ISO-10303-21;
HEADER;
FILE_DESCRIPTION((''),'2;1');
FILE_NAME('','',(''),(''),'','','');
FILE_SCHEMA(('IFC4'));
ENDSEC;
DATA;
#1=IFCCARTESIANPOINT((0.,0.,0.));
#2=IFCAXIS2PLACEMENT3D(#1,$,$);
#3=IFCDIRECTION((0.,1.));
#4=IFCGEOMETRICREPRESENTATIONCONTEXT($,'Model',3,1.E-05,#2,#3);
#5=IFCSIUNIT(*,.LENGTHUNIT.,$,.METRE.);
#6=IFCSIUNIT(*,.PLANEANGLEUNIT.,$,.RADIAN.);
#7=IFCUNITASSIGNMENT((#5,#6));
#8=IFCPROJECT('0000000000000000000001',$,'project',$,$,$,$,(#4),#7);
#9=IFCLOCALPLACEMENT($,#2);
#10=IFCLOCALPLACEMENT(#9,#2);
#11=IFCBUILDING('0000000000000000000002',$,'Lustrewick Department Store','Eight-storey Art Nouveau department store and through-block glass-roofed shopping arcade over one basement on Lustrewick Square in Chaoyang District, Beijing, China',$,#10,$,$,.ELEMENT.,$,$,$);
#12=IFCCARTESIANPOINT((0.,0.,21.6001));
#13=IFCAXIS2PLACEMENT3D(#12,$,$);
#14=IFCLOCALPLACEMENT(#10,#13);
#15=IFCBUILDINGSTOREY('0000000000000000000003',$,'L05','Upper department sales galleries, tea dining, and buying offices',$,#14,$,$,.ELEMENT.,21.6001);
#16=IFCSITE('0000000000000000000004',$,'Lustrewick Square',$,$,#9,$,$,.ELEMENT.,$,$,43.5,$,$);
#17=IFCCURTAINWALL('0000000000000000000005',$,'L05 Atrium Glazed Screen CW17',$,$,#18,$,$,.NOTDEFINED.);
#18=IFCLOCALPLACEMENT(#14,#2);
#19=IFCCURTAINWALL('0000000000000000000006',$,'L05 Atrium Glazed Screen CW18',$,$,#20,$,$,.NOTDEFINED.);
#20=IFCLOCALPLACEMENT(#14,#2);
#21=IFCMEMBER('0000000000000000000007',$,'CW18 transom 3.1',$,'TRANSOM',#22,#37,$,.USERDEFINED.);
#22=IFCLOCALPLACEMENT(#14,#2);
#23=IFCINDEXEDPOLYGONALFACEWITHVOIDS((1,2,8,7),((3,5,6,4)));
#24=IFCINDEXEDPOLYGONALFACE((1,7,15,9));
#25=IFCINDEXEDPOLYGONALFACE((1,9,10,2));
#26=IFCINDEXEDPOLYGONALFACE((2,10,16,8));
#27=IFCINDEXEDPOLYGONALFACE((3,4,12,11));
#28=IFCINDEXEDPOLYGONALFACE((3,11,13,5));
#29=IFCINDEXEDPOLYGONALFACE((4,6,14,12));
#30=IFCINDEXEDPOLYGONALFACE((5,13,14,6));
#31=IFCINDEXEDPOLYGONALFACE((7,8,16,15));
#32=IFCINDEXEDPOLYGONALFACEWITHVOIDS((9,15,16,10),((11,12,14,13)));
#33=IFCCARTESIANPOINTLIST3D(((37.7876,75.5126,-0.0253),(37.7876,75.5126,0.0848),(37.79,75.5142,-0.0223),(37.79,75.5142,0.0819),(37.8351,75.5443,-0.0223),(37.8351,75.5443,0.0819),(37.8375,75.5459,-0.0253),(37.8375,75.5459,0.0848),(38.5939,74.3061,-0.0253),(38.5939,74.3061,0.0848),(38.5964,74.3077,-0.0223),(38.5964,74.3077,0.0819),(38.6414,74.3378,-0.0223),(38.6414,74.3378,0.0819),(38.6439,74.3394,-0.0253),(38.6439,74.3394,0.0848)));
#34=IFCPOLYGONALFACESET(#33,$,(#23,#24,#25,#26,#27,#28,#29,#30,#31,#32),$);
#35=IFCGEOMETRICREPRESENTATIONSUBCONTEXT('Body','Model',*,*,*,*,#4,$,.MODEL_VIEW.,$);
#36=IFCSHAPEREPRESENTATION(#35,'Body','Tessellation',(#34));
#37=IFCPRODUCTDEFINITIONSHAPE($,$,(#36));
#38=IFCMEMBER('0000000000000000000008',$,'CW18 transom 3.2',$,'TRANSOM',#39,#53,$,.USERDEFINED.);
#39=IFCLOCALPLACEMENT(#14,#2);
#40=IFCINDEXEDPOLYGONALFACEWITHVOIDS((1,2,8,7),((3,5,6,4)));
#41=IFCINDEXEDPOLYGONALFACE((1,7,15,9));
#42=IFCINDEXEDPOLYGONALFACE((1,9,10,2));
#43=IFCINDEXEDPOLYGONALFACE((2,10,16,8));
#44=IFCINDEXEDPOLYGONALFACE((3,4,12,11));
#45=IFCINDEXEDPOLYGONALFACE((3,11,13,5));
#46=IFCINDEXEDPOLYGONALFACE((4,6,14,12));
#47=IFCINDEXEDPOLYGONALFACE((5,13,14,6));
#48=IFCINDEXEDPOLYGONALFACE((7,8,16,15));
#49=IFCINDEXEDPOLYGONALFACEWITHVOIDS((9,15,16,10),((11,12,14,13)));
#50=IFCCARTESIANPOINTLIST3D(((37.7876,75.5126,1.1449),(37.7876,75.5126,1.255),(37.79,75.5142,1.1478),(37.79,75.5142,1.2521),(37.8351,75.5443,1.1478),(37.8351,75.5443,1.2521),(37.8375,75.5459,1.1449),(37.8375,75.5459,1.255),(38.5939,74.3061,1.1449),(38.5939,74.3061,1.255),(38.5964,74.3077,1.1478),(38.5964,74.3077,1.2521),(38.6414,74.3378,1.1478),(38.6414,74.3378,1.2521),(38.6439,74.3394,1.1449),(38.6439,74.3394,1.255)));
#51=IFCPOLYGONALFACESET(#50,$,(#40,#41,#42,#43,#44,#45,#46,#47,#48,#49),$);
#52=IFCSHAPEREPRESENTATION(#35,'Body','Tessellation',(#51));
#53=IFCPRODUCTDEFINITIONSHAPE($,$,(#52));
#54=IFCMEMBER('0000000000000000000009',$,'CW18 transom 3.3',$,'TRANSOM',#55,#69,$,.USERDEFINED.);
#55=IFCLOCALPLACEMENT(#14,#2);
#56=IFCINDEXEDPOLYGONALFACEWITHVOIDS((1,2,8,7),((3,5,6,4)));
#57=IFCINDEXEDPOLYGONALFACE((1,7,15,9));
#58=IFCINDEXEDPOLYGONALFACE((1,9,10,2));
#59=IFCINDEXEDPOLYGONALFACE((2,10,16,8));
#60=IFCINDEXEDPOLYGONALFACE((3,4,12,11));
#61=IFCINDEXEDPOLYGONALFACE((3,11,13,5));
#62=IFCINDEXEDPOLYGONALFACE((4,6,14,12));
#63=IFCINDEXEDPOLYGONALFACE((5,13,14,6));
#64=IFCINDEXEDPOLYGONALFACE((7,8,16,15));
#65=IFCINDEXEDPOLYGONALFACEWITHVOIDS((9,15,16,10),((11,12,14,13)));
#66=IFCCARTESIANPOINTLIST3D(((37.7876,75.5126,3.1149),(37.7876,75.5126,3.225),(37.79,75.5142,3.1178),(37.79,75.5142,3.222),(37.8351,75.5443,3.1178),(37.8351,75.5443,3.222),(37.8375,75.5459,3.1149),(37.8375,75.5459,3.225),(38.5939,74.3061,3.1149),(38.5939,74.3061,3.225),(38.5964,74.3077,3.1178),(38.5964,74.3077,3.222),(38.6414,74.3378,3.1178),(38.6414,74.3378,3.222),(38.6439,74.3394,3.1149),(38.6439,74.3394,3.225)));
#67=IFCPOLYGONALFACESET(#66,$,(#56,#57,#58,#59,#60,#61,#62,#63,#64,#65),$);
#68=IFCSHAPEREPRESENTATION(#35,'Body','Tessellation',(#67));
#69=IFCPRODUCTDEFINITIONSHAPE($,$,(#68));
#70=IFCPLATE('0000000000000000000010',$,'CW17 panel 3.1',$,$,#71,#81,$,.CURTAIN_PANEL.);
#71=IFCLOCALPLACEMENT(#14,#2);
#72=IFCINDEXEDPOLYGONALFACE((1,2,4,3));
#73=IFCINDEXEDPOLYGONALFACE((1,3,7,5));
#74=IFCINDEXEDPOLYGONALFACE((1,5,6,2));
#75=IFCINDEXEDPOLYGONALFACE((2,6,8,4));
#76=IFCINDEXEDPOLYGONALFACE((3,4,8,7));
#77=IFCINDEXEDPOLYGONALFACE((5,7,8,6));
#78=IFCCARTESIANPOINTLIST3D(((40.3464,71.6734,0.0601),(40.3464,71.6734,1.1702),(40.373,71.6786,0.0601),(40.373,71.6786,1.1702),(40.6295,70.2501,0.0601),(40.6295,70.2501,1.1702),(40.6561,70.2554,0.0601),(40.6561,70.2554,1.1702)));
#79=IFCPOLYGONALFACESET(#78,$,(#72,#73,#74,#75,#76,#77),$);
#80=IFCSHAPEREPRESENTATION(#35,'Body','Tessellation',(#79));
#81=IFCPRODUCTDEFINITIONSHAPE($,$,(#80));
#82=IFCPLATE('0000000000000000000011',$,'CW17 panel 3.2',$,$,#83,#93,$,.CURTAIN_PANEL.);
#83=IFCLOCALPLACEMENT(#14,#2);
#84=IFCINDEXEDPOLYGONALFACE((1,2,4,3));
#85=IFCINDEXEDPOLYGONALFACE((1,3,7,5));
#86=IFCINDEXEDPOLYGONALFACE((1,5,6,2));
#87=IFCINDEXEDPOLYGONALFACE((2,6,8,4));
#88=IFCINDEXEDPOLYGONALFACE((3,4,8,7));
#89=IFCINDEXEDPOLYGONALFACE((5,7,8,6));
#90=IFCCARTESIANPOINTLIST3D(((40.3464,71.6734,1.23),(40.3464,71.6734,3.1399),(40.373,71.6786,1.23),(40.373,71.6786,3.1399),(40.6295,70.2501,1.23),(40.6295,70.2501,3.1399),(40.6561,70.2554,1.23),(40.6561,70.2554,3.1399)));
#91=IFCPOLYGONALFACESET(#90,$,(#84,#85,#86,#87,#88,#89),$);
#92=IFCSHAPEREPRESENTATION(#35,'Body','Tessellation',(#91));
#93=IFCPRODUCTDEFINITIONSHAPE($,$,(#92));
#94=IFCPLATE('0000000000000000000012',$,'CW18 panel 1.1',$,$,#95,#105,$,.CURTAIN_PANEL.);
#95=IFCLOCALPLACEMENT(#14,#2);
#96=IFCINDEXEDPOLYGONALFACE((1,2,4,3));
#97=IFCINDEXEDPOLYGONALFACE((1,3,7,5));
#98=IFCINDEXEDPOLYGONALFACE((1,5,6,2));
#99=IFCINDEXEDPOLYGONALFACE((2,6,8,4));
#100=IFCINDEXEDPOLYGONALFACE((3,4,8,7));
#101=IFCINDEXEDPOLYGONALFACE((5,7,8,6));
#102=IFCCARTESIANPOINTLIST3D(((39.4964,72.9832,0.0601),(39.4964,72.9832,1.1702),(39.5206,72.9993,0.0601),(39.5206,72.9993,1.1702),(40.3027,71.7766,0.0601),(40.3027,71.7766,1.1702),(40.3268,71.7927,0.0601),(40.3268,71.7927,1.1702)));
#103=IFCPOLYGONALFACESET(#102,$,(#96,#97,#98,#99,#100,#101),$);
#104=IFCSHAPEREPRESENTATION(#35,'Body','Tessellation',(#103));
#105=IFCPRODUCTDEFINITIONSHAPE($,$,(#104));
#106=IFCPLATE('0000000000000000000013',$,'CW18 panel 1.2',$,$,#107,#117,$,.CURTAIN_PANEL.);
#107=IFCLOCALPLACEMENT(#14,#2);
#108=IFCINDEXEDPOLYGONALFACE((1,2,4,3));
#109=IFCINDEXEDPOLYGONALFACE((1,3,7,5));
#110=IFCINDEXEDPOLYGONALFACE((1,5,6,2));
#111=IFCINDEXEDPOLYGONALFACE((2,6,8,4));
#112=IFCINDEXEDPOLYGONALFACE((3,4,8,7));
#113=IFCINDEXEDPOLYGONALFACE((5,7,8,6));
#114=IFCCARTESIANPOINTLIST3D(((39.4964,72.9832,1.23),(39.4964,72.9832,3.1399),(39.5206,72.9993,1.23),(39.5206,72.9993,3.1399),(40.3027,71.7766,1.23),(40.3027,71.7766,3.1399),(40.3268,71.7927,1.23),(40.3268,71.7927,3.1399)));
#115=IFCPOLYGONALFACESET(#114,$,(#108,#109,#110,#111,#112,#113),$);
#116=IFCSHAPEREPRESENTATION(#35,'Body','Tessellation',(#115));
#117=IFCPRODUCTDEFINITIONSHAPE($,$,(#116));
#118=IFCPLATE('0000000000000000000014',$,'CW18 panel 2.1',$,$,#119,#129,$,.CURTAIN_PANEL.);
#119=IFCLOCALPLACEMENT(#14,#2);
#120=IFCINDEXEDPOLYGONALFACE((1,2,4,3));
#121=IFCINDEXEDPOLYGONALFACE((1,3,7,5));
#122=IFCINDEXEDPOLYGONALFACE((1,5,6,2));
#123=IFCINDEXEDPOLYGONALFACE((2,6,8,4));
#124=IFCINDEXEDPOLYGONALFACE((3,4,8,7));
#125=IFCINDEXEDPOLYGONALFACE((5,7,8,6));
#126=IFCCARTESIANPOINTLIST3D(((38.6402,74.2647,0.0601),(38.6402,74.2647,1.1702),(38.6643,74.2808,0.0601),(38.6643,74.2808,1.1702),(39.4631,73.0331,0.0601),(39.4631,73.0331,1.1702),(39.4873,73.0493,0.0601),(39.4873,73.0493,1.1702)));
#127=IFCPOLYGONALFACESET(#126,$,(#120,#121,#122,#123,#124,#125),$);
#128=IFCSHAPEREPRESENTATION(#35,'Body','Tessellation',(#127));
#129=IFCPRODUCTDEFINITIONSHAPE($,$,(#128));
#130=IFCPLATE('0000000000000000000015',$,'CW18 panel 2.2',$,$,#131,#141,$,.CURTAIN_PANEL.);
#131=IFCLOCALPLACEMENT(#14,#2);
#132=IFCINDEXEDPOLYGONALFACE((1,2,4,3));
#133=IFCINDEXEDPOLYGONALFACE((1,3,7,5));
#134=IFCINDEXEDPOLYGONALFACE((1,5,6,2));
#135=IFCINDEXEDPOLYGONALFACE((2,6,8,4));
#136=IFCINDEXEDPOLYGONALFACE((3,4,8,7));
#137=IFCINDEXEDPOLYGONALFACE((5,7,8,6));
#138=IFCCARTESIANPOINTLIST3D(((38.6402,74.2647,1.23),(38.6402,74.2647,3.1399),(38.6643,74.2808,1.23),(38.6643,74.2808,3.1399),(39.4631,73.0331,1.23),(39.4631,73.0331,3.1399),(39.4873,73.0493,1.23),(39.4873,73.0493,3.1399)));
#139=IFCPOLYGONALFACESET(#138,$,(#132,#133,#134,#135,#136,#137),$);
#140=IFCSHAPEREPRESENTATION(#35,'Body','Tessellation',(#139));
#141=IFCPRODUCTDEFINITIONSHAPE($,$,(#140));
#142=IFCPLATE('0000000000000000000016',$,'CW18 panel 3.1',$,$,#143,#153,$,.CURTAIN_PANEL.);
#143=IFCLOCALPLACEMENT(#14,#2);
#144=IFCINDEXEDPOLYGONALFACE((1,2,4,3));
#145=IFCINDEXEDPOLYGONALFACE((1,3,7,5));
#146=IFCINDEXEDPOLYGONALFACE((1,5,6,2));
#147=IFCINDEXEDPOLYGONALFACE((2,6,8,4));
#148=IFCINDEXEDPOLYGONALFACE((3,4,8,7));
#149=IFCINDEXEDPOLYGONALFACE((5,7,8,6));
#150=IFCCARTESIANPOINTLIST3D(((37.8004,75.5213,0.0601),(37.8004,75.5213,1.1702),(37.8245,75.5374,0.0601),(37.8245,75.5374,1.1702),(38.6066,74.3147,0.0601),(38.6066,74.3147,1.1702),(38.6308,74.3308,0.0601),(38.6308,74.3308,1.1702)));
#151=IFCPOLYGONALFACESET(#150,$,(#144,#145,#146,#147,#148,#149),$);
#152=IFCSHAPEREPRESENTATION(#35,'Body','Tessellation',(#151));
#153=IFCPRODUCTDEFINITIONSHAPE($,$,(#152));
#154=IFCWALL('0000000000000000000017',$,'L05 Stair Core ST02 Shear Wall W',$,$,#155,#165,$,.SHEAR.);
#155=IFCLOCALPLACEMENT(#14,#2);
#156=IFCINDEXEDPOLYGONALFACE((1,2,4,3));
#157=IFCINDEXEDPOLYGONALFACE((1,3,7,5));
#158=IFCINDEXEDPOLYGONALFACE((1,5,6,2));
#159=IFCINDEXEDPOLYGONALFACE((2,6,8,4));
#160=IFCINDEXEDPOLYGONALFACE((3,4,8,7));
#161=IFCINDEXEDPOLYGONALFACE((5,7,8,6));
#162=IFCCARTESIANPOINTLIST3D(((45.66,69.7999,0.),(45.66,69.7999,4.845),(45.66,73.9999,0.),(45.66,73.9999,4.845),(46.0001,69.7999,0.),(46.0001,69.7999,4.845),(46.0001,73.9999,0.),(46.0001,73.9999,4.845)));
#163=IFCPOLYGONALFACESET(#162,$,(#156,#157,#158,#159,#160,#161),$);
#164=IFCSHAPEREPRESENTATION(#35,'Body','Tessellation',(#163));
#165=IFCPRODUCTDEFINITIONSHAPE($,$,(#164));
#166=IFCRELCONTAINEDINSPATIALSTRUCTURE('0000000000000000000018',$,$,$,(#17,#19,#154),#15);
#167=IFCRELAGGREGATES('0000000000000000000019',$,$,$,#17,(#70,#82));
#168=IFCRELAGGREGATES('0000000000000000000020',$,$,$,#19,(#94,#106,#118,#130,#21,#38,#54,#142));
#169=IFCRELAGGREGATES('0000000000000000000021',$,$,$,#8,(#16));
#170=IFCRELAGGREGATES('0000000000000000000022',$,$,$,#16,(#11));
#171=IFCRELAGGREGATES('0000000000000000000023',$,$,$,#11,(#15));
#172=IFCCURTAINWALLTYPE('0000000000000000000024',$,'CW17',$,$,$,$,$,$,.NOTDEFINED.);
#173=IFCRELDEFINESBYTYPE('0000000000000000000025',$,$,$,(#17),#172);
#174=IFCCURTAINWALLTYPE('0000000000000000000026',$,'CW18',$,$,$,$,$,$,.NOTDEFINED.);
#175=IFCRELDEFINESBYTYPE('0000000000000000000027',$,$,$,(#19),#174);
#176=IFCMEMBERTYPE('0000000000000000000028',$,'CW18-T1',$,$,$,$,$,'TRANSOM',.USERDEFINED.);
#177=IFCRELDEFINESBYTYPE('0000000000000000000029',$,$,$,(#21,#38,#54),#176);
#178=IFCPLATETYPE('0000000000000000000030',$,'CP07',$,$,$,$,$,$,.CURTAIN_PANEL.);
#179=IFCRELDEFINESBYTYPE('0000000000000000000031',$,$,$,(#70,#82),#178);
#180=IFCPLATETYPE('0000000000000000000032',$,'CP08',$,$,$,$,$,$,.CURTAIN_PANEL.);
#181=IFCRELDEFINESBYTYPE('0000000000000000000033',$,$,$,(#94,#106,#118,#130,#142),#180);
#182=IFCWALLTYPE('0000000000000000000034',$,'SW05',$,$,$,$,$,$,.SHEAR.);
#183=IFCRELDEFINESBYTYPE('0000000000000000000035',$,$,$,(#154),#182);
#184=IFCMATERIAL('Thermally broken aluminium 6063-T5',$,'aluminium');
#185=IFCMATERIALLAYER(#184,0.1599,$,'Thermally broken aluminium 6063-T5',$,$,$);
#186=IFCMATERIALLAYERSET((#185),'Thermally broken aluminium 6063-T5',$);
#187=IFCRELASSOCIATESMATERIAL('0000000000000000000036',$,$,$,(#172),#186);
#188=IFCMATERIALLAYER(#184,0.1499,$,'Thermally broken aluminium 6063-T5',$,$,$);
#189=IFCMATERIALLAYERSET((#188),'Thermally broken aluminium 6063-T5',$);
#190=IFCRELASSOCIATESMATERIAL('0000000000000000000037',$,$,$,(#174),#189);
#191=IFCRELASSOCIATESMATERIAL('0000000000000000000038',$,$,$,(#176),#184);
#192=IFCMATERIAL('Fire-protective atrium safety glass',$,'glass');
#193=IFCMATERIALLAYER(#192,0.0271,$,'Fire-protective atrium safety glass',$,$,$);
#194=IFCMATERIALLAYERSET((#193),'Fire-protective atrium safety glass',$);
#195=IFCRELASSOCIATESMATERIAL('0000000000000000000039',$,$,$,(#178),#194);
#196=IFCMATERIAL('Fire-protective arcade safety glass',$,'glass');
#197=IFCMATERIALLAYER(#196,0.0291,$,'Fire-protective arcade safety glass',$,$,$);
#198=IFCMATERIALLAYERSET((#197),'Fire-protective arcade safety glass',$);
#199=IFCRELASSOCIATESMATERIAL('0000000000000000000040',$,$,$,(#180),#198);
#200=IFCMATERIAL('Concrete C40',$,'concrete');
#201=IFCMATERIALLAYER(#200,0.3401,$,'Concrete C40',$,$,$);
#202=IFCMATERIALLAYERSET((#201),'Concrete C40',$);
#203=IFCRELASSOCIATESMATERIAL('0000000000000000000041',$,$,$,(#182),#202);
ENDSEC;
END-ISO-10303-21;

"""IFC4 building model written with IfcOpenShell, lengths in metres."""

from ifc_helpers import new_model, si_unit, direction, frame, frame_2d, origin, origin_2d, place, context, subcontext, project, spatial, rectangle, hollow_rectangle, extrude, material, layer, layer_set, material_profile, profile_set, type_object, element, aggregate, save


model = new_model("IFC4")

# Units and contexts
model_context = context("Model", 3, precision=1e-05, world=origin(), true_north=direction((0.0, 1.0)))
body_context = subcontext(model_context, "Body", "Model", "MODEL_VIEW")
ifc_project = project(units=[si_unit("LENGTHUNIT", "METRE"), si_unit("PLANEANGLEUNIT", "RADIAN")], contexts=[model_context])

# Site, building, storey
site_placement = place(None, origin())
site = spatial("IfcSite", under=ifc_project, at=site_placement, Name="Lustrewick Square", CompositionType="ELEMENT", RefElevation=43.5)
building_placement = place(site_placement, origin())
building = spatial("IfcBuilding", under=site, at=building_placement, Name="Lustrewick Department Store", Description="Eight-storey Art Nouveau department store and through-block glass-roofed shopping arcade over one basement on Lustrewick Square in Chaoyang District, Beijing, China", CompositionType="ELEMENT")
storey_placement = place(building_placement, frame((0.0, 0.0, 21.6001)))
storey = spatial("IfcBuildingStorey", under=building, at=storey_placement, Name="L05", Description="Upper department sales galleries, tea dining, and buying offices", CompositionType="ELEMENT", Elevation=21.6001)

# Curtain wall
ifc_material_1 = material(Name="Thermally broken aluminium 6063-T5", Category="aluminium")
ifc_layer_1 = layer(ifc_material_1, 0.1599, Name="Thermally broken aluminium 6063-T5")
ifc_layer_set_1 = layer_set([ifc_layer_1], Name="Thermally broken aluminium 6063-T5")
curtain_wall_type_1 = type_object("IfcCurtainWallType", Name="CW17", PredefinedType="NOTDEFINED", material=ifc_layer_set_1)
curtain_wall_1_placement = place(storey_placement, origin())
curtain_wall_1 = element("IfcCurtainWall", 1, at=curtain_wall_1_placement, inside=storey, type_object=curtain_wall_type_1, Name="L05 Atrium Glazed Screen CW17", PredefinedType="NOTDEFINED")

# Curtain wall, members
ifc_layer_2 = layer(ifc_material_1, 0.1499, Name="Thermally broken aluminium 6063-T5")
ifc_layer_set_2 = layer_set([ifc_layer_2], Name="Thermally broken aluminium 6063-T5")
curtain_wall_type_2 = type_object("IfcCurtainWallType", Name="CW18", PredefinedType="NOTDEFINED", material=ifc_layer_set_2)
curtain_wall_2_placement = place(storey_placement, origin())
curtain_wall_2 = element("IfcCurtainWall", 2, at=curtain_wall_2_placement, inside=storey, type_object=curtain_wall_type_2, Name="L05 Atrium Glazed Screen CW18", PredefinedType="NOTDEFINED")
ifc_material_profile_1 = material_profile(ifc_material_1, hollow_rectangle(XDim=0.0601, YDim=0.1101, WallThickness=0.0029, at=origin_2d()), Name="ALU-T 60x110x3")
ifc_profile_set_1 = profile_set([ifc_material_profile_1], Name="Thermally broken aluminium 6063-T5")
member_type_1 = type_object("IfcMemberType", Name="CW18-T1", ElementType="TRANSOM", PredefinedType="USERDEFINED", material=ifc_profile_set_1)
member_1_placement = place(storey_placement, frame((38.6189, 74.3228, 0.0298), z_axis=(-0.55567, 0.831403, 0.0), x_axis=(-0.831403, -0.55567, 0.0)))
member_1 = element("IfcMember", 3, at=member_1_placement, type_object=member_type_1, Name="CW18 transom 3.1", ObjectType="TRANSOM", PredefinedType="USERDEFINED", context=body_context, shape_type="SweptSolid", body=[
    extrude(hollow_rectangle(XDim=0.0601, YDim=0.1101, WallThickness=0.0029, at=origin_2d()), origin(), (0.0, 0.0, 1.0), 1.4512),
])
member_2_placement = place(storey_placement, frame((38.6189, 74.3228, 1.2), z_axis=(-0.55567, 0.831403, 0.0), x_axis=(-0.831403, -0.55567, 0.0)))
member_2 = element("IfcMember", 4, at=member_2_placement, type_object=member_type_1, Name="CW18 transom 3.2", ObjectType="TRANSOM", PredefinedType="USERDEFINED", context=body_context, shape_type="SweptSolid", body=[
    extrude(hollow_rectangle(XDim=0.0601, YDim=0.1101, WallThickness=0.0029, at=origin_2d()), origin(), (0.0, 0.0, 1.0), 1.4512),
])
member_3_placement = place(storey_placement, frame((38.6189, 74.3228, 3.1699), z_axis=(-0.55567, 0.831403, 0.0), x_axis=(-0.831403, -0.55567, 0.0)))
member_3 = element("IfcMember", 5, at=member_3_placement, type_object=member_type_1, Name="CW18 transom 3.3", ObjectType="TRANSOM", PredefinedType="USERDEFINED", context=body_context, shape_type="SweptSolid", body=[
    extrude(hollow_rectangle(XDim=0.0601, YDim=0.1101, WallThickness=0.0029, at=origin_2d()), origin(), (0.0, 0.0, 1.0), 1.4512),
])

# Plates
ifc_material_2 = material(Name="Fire-protective atrium safety glass", Category="glass")
ifc_layer_3 = layer(ifc_material_2, 0.0271, Name="Fire-protective atrium safety glass")
ifc_layer_set_3 = layer_set([ifc_layer_3], Name="Fire-protective atrium safety glass")
plate_type_1 = type_object("IfcPlateType", Name="CP07", PredefinedType="CURTAIN_PANEL", material=ifc_layer_set_3)
plate_1_placement = place(storey_placement, frame((40.5012, 70.9644, 0.0601), z_axis=(0.0, 0.0, 1.0), x_axis=(-0.195085, 0.980786, 0.0)))
plate_1 = element("IfcPlate", 6, at=plate_1_placement, type_object=plate_type_1, Name="CW17 panel 3.1", PredefinedType="CURTAIN_PANEL", context=body_context, shape_type="SweptSolid", body=[
    extrude(rectangle(XDim=1.4512, YDim=0.0271, at=origin_2d()), origin(), (0.0, 0.0, 1.0), 1.1101),
])
plate_2_placement = place(storey_placement, frame((40.5012, 70.9644, 1.23), z_axis=(0.0, 0.0, 1.0), x_axis=(-0.195085, 0.980786, 0.0)))
plate_2 = element("IfcPlate", 7, at=plate_2_placement, type_object=plate_type_1, Name="CW17 panel 3.2", PredefinedType="CURTAIN_PANEL", context=body_context, shape_type="SweptSolid", body=[
    extrude(rectangle(XDim=1.4512, YDim=0.0271, at=origin_2d()), origin(), (0.0, 0.0, 1.0), 1.9099),
])
aggregate(curtain_wall_1, [plate_1, plate_2])
ifc_material_3 = material(Name="Fire-protective arcade safety glass", Category="glass")
ifc_layer_4 = layer(ifc_material_3, 0.0291, Name="Fire-protective arcade safety glass")
ifc_layer_set_4 = layer_set([ifc_layer_4], Name="Fire-protective arcade safety glass")
plate_type_2 = type_object("IfcPlateType", Name="CP08", PredefinedType="CURTAIN_PANEL", material=ifc_layer_set_4)
plate_3_placement = place(storey_placement, frame((39.9116, 72.3879, 0.0601), z_axis=(0.0, 0.0, 1.0), x_axis=(-0.555578, 0.831464, 0.0)))
plate_3 = element("IfcPlate", 8, at=plate_3_placement, type_object=plate_type_2, Name="CW18 panel 1.1", PredefinedType="CURTAIN_PANEL", context=body_context, shape_type="SweptSolid", body=[
    extrude(rectangle(XDim=1.4512, YDim=0.0291, at=origin_2d()), origin(), (0.0, 0.0, 1.0), 1.1101),
])
plate_4_placement = place(storey_placement, frame((39.9116, 72.3879, 1.23), z_axis=(0.0, 0.0, 1.0), x_axis=(-0.555578, 0.831464, 0.0)))
plate_4 = element("IfcPlate", 9, at=plate_4_placement, type_object=plate_type_2, Name="CW18 panel 1.2", PredefinedType="CURTAIN_PANEL", context=body_context, shape_type="SweptSolid", body=[
    extrude(rectangle(XDim=1.4512, YDim=0.0291, at=origin_2d()), origin(), (0.0, 0.0, 1.0), 1.9099),
])
plate_5_placement = place(storey_placement, frame((39.0637, 73.657, 0.0601), z_axis=(0.0, 0.0, 1.0), x_axis=(-0.555578, 0.831464, 0.0)))
plate_5 = element("IfcPlate", 10, at=plate_5_placement, type_object=plate_type_2, Name="CW18 panel 2.1", PredefinedType="CURTAIN_PANEL", context=body_context, shape_type="SweptSolid", body=[
    extrude(rectangle(XDim=1.4812, YDim=0.0291, at=origin_2d()), origin(), (0.0, 0.0, 1.0), 1.1101),
])
plate_6_placement = place(storey_placement, frame((39.0637, 73.657, 1.23), z_axis=(0.0, 0.0, 1.0), x_axis=(-0.555578, 0.831464, 0.0)))
plate_6 = element("IfcPlate", 11, at=plate_6_placement, type_object=plate_type_2, Name="CW18 panel 2.2", PredefinedType="CURTAIN_PANEL", context=body_context, shape_type="SweptSolid", body=[
    extrude(rectangle(XDim=1.4812, YDim=0.0291, at=origin_2d()), origin(), (0.0, 0.0, 1.0), 1.9099),
])
plate_7_placement = place(storey_placement, frame((38.2156, 74.926, 0.0601), z_axis=(0.0, 0.0, 1.0), x_axis=(-0.555578, 0.831464, 0.0)))
plate_7 = element("IfcPlate", 12, at=plate_7_placement, type_object=plate_type_2, Name="CW18 panel 3.1", PredefinedType="CURTAIN_PANEL", context=body_context, shape_type="SweptSolid", body=[
    extrude(rectangle(XDim=1.4512, YDim=0.0291, at=origin_2d()), origin(), (0.0, 0.0, 1.0), 1.1101),
])
aggregate(curtain_wall_2, [plate_3, plate_4, plate_5, plate_6, member_1, member_2, member_3, plate_7])

# Wall
ifc_material_4 = material(Name="Concrete C40", Category="concrete")
ifc_layer_5 = layer(ifc_material_4, 0.3401, Name="Concrete C40")
ifc_layer_set_5 = layer_set([ifc_layer_5], Name="Concrete C40")
wall_type = type_object("IfcWallType", Name="SW05", PredefinedType="SHEAR", material=ifc_layer_set_5)
wall_placement = place(storey_placement, frame((45.8301, 74.0, 0.0), z_axis=(0.0, 0.0, 1.0), x_axis=(0.0, -1.0, 0.0)))
element("IfcWall", 13, at=wall_placement, inside=storey, type_object=wall_type, Name="L05 Stair Core ST02 Shear Wall W", PredefinedType="SHEAR", context=body_context, shape_type="SweptSolid", body=[
    extrude(rectangle(XDim=4.2, YDim=0.3401, at=frame_2d((2.1001, 0.0))), origin(), (0.0, 0.0, 1.0), 4.845),
])

save(model, "model.ifc")
